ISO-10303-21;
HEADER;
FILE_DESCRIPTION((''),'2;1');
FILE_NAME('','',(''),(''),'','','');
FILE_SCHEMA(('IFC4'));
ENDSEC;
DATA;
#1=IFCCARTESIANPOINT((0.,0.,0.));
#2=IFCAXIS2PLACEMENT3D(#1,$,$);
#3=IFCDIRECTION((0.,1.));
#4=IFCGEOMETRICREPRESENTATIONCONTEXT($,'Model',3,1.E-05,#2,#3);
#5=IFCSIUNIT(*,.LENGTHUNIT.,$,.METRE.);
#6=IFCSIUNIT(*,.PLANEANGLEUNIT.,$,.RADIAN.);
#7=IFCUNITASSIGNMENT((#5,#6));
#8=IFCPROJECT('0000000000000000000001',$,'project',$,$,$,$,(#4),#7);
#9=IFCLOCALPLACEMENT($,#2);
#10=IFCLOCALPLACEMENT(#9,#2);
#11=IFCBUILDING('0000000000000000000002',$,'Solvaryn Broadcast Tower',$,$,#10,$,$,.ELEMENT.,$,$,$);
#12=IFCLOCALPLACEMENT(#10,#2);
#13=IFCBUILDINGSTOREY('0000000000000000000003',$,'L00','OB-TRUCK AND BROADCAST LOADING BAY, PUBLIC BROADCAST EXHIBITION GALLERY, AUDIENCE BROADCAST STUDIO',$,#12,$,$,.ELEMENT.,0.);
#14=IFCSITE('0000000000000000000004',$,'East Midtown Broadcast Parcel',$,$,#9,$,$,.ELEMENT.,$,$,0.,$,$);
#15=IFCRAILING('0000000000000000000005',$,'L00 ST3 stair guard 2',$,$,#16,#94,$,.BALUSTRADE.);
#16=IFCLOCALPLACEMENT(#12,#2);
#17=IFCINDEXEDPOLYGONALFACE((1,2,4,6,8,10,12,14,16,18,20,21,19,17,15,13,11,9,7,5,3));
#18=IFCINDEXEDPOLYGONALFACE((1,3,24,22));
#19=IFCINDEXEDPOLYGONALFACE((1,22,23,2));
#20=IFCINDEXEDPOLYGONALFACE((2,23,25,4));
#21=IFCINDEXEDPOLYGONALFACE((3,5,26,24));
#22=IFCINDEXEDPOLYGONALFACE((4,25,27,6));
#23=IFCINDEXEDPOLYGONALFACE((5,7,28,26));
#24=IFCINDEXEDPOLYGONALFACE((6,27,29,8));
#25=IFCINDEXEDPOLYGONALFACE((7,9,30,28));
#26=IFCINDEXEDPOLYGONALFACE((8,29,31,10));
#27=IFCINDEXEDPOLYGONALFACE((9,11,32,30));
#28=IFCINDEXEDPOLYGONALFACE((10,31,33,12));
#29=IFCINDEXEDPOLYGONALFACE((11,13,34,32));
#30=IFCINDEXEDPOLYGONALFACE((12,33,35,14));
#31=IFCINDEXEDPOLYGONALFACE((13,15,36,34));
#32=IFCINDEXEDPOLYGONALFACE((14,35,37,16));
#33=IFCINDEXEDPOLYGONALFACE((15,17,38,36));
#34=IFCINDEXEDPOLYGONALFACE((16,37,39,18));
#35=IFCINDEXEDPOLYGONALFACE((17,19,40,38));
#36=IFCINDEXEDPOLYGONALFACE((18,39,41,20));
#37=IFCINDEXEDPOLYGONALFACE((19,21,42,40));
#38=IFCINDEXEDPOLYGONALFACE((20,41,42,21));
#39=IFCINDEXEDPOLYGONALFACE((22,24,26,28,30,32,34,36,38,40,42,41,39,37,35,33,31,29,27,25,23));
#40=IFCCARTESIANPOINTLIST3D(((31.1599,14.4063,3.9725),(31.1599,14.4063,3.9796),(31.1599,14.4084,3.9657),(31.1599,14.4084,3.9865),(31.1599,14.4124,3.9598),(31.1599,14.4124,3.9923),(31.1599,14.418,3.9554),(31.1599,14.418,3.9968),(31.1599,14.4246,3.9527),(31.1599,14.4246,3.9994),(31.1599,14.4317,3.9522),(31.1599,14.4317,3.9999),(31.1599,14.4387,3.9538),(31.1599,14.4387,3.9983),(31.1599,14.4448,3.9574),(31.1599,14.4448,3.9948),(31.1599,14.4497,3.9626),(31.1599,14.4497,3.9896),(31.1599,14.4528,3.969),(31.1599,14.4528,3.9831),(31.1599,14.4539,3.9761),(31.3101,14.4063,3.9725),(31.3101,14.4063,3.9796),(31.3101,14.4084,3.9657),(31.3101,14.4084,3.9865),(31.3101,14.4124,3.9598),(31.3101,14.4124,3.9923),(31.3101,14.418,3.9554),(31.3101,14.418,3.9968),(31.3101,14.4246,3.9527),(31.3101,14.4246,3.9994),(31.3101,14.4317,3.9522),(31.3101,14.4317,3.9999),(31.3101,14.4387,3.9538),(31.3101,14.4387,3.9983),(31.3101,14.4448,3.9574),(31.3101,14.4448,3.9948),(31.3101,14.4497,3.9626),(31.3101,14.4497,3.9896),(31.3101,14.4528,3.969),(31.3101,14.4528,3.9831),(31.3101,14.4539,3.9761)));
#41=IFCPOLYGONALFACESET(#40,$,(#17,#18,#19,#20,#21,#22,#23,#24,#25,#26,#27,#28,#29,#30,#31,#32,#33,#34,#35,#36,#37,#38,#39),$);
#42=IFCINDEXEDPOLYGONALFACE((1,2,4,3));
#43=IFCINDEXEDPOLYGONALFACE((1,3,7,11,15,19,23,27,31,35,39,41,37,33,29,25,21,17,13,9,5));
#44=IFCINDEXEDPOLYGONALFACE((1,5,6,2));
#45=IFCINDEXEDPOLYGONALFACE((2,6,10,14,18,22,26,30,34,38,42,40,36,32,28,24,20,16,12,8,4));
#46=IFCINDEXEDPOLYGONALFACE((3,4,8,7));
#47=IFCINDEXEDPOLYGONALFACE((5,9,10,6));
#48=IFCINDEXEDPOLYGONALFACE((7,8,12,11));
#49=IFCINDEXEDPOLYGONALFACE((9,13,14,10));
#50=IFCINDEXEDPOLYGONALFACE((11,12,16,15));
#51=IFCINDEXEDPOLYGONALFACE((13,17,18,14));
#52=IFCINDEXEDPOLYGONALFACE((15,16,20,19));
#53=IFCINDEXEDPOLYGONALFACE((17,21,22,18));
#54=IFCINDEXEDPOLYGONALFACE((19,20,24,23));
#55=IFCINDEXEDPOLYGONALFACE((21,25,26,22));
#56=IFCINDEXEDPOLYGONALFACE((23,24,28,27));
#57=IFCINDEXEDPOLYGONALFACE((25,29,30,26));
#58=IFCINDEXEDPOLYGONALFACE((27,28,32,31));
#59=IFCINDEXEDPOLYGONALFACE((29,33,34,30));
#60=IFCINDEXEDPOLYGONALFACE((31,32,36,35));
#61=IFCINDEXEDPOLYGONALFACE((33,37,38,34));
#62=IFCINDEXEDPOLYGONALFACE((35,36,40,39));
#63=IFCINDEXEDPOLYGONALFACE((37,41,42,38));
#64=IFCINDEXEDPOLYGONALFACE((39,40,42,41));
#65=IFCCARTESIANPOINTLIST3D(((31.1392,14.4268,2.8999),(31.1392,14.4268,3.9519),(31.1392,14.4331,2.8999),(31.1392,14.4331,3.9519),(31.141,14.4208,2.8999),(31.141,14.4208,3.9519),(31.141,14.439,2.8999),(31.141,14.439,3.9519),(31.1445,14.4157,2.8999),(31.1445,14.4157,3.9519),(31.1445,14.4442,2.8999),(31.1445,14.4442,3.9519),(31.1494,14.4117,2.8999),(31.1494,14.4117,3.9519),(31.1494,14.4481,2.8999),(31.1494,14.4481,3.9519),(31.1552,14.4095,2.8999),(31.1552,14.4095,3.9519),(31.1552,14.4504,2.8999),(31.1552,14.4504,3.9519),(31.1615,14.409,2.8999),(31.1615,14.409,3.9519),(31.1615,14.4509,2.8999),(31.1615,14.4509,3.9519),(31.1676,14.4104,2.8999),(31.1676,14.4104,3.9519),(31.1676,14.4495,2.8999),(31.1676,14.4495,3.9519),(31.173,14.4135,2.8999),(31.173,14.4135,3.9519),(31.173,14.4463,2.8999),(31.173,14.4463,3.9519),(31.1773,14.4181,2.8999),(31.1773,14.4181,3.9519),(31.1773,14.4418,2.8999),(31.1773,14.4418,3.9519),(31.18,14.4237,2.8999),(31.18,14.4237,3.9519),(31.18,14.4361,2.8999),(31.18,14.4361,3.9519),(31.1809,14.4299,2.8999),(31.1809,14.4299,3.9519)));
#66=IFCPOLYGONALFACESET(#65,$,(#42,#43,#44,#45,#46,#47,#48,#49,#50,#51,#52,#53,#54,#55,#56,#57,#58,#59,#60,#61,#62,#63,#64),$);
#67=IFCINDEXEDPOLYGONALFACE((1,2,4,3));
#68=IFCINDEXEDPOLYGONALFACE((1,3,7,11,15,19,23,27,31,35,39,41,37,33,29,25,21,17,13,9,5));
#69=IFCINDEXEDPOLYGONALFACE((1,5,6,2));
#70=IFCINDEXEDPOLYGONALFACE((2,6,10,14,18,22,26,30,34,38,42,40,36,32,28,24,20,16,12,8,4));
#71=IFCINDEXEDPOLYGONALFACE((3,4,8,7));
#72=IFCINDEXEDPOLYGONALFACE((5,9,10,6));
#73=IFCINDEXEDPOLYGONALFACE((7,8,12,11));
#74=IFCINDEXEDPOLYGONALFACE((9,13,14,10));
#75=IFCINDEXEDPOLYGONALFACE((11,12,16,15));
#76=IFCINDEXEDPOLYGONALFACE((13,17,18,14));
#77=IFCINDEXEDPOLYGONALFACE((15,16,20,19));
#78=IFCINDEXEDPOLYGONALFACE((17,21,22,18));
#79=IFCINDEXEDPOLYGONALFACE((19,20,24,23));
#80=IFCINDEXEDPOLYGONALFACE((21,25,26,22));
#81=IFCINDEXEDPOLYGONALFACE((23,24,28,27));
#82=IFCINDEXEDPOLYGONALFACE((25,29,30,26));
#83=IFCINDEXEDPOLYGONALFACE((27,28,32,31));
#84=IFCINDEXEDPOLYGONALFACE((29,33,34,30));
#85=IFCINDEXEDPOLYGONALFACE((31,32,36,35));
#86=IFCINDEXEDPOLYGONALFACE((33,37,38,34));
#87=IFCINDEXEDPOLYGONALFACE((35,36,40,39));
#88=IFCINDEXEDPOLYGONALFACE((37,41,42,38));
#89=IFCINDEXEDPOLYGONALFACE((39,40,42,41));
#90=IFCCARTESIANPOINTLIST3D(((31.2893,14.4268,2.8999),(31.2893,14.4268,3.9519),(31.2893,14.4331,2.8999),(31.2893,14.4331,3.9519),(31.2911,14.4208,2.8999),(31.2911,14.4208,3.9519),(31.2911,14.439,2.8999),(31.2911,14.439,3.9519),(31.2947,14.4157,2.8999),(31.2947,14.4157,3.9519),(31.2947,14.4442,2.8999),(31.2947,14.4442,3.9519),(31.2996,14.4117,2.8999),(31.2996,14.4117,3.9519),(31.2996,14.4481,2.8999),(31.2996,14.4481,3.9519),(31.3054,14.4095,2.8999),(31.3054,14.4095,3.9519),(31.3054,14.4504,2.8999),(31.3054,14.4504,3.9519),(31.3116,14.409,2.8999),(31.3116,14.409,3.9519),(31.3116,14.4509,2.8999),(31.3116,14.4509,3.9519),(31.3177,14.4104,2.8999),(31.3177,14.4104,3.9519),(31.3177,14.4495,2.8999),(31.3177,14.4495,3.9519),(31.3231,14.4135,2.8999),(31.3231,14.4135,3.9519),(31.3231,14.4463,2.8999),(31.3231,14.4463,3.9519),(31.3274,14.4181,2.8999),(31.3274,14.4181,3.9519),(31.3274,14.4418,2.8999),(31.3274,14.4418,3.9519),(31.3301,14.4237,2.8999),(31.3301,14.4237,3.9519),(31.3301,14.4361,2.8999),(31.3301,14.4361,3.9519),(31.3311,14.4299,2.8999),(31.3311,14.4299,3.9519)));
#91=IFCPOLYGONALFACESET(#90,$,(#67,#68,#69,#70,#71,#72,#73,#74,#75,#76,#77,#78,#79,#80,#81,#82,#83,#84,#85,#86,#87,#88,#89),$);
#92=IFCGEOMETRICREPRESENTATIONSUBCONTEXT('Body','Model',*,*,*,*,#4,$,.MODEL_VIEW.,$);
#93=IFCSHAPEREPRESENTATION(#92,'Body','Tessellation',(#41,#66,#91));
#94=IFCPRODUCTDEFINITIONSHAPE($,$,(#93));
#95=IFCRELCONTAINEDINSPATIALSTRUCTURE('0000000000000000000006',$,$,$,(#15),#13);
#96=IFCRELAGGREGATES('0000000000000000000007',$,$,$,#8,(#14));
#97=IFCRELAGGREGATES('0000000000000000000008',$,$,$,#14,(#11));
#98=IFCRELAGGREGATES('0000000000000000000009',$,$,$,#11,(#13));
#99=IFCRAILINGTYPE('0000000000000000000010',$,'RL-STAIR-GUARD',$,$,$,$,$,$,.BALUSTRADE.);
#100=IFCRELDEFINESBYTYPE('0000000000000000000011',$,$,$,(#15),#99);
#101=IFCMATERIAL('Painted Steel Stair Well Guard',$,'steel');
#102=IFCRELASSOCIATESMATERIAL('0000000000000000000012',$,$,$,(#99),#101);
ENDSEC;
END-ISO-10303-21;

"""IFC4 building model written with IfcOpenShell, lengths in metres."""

from ifc_helpers import new_model, si_unit, direction, frame, origin, origin_2d, place, context, subcontext, project, spatial, circle, extrude, material, type_object, element, save


model = new_model("IFC4")

# Units and contexts
model_context = context("Model", 3, precision=1e-05, world=origin(), true_north=direction((0.0, 1.0)))
body_context = subcontext(model_context, "Body", "Model", "MODEL_VIEW")
ifc_project = project(units=[si_unit("LENGTHUNIT", "METRE"), si_unit("PLANEANGLEUNIT", "RADIAN")], contexts=[model_context])

# Site, building, storey
site_placement = place(None, origin())
site = spatial("IfcSite", under=ifc_project, at=site_placement, Name="East Midtown Broadcast Parcel", CompositionType="ELEMENT", RefElevation=0.0)
building_placement = place(site_placement, origin())
building = spatial("IfcBuilding", under=site, at=building_placement, Name="Solvaryn Broadcast Tower", CompositionType="ELEMENT")
storey_placement = place(building_placement, origin())
storey = spatial("IfcBuildingStorey", under=building, at=storey_placement, Name="L00", Description="OB-TRUCK AND BROADCAST LOADING BAY, PUBLIC BROADCAST EXHIBITION GALLERY, AUDIENCE BROADCAST STUDIO", CompositionType="ELEMENT", Elevation=0.0)

# Railing
ifc_material_1 = material(Name="Painted Steel Stair Well Guard", Category="steel")
railing_type_1 = type_object("IfcRailingType", Name="RL-STAIR-GUARD", PredefinedType="BALUSTRADE", material=ifc_material_1)
railing_1_placement = place(storey_placement, frame((31.1599, 14.4299, 2.8999)))
element("IfcRailing", 1, at=railing_1_placement, inside=storey, type_object=railing_type_1, Name="L00 ST3 stair guard 2", PredefinedType="BALUSTRADE", context=body_context, shape_type="SweptSolid", body=[
    extrude(circle(Radius=0.0239, at=origin_2d()), frame((0.0, 0.0, 1.0762), z_axis=(1.0, 0.0, 0.0), x_axis=(0.0, 1.0, 0.0)), (0.0, 0.0, 1.0), 0.1501),
    extrude(circle(Radius=0.021, at=origin_2d()), origin(), (0.0, 0.0, 1.0), 1.052),
    extrude(circle(Radius=0.021, at=origin_2d()), frame((0.1501, 0.0, 0.0)), (0.0, 0.0, 1.0), 1.052),
])

save(model, "model.ifc")
